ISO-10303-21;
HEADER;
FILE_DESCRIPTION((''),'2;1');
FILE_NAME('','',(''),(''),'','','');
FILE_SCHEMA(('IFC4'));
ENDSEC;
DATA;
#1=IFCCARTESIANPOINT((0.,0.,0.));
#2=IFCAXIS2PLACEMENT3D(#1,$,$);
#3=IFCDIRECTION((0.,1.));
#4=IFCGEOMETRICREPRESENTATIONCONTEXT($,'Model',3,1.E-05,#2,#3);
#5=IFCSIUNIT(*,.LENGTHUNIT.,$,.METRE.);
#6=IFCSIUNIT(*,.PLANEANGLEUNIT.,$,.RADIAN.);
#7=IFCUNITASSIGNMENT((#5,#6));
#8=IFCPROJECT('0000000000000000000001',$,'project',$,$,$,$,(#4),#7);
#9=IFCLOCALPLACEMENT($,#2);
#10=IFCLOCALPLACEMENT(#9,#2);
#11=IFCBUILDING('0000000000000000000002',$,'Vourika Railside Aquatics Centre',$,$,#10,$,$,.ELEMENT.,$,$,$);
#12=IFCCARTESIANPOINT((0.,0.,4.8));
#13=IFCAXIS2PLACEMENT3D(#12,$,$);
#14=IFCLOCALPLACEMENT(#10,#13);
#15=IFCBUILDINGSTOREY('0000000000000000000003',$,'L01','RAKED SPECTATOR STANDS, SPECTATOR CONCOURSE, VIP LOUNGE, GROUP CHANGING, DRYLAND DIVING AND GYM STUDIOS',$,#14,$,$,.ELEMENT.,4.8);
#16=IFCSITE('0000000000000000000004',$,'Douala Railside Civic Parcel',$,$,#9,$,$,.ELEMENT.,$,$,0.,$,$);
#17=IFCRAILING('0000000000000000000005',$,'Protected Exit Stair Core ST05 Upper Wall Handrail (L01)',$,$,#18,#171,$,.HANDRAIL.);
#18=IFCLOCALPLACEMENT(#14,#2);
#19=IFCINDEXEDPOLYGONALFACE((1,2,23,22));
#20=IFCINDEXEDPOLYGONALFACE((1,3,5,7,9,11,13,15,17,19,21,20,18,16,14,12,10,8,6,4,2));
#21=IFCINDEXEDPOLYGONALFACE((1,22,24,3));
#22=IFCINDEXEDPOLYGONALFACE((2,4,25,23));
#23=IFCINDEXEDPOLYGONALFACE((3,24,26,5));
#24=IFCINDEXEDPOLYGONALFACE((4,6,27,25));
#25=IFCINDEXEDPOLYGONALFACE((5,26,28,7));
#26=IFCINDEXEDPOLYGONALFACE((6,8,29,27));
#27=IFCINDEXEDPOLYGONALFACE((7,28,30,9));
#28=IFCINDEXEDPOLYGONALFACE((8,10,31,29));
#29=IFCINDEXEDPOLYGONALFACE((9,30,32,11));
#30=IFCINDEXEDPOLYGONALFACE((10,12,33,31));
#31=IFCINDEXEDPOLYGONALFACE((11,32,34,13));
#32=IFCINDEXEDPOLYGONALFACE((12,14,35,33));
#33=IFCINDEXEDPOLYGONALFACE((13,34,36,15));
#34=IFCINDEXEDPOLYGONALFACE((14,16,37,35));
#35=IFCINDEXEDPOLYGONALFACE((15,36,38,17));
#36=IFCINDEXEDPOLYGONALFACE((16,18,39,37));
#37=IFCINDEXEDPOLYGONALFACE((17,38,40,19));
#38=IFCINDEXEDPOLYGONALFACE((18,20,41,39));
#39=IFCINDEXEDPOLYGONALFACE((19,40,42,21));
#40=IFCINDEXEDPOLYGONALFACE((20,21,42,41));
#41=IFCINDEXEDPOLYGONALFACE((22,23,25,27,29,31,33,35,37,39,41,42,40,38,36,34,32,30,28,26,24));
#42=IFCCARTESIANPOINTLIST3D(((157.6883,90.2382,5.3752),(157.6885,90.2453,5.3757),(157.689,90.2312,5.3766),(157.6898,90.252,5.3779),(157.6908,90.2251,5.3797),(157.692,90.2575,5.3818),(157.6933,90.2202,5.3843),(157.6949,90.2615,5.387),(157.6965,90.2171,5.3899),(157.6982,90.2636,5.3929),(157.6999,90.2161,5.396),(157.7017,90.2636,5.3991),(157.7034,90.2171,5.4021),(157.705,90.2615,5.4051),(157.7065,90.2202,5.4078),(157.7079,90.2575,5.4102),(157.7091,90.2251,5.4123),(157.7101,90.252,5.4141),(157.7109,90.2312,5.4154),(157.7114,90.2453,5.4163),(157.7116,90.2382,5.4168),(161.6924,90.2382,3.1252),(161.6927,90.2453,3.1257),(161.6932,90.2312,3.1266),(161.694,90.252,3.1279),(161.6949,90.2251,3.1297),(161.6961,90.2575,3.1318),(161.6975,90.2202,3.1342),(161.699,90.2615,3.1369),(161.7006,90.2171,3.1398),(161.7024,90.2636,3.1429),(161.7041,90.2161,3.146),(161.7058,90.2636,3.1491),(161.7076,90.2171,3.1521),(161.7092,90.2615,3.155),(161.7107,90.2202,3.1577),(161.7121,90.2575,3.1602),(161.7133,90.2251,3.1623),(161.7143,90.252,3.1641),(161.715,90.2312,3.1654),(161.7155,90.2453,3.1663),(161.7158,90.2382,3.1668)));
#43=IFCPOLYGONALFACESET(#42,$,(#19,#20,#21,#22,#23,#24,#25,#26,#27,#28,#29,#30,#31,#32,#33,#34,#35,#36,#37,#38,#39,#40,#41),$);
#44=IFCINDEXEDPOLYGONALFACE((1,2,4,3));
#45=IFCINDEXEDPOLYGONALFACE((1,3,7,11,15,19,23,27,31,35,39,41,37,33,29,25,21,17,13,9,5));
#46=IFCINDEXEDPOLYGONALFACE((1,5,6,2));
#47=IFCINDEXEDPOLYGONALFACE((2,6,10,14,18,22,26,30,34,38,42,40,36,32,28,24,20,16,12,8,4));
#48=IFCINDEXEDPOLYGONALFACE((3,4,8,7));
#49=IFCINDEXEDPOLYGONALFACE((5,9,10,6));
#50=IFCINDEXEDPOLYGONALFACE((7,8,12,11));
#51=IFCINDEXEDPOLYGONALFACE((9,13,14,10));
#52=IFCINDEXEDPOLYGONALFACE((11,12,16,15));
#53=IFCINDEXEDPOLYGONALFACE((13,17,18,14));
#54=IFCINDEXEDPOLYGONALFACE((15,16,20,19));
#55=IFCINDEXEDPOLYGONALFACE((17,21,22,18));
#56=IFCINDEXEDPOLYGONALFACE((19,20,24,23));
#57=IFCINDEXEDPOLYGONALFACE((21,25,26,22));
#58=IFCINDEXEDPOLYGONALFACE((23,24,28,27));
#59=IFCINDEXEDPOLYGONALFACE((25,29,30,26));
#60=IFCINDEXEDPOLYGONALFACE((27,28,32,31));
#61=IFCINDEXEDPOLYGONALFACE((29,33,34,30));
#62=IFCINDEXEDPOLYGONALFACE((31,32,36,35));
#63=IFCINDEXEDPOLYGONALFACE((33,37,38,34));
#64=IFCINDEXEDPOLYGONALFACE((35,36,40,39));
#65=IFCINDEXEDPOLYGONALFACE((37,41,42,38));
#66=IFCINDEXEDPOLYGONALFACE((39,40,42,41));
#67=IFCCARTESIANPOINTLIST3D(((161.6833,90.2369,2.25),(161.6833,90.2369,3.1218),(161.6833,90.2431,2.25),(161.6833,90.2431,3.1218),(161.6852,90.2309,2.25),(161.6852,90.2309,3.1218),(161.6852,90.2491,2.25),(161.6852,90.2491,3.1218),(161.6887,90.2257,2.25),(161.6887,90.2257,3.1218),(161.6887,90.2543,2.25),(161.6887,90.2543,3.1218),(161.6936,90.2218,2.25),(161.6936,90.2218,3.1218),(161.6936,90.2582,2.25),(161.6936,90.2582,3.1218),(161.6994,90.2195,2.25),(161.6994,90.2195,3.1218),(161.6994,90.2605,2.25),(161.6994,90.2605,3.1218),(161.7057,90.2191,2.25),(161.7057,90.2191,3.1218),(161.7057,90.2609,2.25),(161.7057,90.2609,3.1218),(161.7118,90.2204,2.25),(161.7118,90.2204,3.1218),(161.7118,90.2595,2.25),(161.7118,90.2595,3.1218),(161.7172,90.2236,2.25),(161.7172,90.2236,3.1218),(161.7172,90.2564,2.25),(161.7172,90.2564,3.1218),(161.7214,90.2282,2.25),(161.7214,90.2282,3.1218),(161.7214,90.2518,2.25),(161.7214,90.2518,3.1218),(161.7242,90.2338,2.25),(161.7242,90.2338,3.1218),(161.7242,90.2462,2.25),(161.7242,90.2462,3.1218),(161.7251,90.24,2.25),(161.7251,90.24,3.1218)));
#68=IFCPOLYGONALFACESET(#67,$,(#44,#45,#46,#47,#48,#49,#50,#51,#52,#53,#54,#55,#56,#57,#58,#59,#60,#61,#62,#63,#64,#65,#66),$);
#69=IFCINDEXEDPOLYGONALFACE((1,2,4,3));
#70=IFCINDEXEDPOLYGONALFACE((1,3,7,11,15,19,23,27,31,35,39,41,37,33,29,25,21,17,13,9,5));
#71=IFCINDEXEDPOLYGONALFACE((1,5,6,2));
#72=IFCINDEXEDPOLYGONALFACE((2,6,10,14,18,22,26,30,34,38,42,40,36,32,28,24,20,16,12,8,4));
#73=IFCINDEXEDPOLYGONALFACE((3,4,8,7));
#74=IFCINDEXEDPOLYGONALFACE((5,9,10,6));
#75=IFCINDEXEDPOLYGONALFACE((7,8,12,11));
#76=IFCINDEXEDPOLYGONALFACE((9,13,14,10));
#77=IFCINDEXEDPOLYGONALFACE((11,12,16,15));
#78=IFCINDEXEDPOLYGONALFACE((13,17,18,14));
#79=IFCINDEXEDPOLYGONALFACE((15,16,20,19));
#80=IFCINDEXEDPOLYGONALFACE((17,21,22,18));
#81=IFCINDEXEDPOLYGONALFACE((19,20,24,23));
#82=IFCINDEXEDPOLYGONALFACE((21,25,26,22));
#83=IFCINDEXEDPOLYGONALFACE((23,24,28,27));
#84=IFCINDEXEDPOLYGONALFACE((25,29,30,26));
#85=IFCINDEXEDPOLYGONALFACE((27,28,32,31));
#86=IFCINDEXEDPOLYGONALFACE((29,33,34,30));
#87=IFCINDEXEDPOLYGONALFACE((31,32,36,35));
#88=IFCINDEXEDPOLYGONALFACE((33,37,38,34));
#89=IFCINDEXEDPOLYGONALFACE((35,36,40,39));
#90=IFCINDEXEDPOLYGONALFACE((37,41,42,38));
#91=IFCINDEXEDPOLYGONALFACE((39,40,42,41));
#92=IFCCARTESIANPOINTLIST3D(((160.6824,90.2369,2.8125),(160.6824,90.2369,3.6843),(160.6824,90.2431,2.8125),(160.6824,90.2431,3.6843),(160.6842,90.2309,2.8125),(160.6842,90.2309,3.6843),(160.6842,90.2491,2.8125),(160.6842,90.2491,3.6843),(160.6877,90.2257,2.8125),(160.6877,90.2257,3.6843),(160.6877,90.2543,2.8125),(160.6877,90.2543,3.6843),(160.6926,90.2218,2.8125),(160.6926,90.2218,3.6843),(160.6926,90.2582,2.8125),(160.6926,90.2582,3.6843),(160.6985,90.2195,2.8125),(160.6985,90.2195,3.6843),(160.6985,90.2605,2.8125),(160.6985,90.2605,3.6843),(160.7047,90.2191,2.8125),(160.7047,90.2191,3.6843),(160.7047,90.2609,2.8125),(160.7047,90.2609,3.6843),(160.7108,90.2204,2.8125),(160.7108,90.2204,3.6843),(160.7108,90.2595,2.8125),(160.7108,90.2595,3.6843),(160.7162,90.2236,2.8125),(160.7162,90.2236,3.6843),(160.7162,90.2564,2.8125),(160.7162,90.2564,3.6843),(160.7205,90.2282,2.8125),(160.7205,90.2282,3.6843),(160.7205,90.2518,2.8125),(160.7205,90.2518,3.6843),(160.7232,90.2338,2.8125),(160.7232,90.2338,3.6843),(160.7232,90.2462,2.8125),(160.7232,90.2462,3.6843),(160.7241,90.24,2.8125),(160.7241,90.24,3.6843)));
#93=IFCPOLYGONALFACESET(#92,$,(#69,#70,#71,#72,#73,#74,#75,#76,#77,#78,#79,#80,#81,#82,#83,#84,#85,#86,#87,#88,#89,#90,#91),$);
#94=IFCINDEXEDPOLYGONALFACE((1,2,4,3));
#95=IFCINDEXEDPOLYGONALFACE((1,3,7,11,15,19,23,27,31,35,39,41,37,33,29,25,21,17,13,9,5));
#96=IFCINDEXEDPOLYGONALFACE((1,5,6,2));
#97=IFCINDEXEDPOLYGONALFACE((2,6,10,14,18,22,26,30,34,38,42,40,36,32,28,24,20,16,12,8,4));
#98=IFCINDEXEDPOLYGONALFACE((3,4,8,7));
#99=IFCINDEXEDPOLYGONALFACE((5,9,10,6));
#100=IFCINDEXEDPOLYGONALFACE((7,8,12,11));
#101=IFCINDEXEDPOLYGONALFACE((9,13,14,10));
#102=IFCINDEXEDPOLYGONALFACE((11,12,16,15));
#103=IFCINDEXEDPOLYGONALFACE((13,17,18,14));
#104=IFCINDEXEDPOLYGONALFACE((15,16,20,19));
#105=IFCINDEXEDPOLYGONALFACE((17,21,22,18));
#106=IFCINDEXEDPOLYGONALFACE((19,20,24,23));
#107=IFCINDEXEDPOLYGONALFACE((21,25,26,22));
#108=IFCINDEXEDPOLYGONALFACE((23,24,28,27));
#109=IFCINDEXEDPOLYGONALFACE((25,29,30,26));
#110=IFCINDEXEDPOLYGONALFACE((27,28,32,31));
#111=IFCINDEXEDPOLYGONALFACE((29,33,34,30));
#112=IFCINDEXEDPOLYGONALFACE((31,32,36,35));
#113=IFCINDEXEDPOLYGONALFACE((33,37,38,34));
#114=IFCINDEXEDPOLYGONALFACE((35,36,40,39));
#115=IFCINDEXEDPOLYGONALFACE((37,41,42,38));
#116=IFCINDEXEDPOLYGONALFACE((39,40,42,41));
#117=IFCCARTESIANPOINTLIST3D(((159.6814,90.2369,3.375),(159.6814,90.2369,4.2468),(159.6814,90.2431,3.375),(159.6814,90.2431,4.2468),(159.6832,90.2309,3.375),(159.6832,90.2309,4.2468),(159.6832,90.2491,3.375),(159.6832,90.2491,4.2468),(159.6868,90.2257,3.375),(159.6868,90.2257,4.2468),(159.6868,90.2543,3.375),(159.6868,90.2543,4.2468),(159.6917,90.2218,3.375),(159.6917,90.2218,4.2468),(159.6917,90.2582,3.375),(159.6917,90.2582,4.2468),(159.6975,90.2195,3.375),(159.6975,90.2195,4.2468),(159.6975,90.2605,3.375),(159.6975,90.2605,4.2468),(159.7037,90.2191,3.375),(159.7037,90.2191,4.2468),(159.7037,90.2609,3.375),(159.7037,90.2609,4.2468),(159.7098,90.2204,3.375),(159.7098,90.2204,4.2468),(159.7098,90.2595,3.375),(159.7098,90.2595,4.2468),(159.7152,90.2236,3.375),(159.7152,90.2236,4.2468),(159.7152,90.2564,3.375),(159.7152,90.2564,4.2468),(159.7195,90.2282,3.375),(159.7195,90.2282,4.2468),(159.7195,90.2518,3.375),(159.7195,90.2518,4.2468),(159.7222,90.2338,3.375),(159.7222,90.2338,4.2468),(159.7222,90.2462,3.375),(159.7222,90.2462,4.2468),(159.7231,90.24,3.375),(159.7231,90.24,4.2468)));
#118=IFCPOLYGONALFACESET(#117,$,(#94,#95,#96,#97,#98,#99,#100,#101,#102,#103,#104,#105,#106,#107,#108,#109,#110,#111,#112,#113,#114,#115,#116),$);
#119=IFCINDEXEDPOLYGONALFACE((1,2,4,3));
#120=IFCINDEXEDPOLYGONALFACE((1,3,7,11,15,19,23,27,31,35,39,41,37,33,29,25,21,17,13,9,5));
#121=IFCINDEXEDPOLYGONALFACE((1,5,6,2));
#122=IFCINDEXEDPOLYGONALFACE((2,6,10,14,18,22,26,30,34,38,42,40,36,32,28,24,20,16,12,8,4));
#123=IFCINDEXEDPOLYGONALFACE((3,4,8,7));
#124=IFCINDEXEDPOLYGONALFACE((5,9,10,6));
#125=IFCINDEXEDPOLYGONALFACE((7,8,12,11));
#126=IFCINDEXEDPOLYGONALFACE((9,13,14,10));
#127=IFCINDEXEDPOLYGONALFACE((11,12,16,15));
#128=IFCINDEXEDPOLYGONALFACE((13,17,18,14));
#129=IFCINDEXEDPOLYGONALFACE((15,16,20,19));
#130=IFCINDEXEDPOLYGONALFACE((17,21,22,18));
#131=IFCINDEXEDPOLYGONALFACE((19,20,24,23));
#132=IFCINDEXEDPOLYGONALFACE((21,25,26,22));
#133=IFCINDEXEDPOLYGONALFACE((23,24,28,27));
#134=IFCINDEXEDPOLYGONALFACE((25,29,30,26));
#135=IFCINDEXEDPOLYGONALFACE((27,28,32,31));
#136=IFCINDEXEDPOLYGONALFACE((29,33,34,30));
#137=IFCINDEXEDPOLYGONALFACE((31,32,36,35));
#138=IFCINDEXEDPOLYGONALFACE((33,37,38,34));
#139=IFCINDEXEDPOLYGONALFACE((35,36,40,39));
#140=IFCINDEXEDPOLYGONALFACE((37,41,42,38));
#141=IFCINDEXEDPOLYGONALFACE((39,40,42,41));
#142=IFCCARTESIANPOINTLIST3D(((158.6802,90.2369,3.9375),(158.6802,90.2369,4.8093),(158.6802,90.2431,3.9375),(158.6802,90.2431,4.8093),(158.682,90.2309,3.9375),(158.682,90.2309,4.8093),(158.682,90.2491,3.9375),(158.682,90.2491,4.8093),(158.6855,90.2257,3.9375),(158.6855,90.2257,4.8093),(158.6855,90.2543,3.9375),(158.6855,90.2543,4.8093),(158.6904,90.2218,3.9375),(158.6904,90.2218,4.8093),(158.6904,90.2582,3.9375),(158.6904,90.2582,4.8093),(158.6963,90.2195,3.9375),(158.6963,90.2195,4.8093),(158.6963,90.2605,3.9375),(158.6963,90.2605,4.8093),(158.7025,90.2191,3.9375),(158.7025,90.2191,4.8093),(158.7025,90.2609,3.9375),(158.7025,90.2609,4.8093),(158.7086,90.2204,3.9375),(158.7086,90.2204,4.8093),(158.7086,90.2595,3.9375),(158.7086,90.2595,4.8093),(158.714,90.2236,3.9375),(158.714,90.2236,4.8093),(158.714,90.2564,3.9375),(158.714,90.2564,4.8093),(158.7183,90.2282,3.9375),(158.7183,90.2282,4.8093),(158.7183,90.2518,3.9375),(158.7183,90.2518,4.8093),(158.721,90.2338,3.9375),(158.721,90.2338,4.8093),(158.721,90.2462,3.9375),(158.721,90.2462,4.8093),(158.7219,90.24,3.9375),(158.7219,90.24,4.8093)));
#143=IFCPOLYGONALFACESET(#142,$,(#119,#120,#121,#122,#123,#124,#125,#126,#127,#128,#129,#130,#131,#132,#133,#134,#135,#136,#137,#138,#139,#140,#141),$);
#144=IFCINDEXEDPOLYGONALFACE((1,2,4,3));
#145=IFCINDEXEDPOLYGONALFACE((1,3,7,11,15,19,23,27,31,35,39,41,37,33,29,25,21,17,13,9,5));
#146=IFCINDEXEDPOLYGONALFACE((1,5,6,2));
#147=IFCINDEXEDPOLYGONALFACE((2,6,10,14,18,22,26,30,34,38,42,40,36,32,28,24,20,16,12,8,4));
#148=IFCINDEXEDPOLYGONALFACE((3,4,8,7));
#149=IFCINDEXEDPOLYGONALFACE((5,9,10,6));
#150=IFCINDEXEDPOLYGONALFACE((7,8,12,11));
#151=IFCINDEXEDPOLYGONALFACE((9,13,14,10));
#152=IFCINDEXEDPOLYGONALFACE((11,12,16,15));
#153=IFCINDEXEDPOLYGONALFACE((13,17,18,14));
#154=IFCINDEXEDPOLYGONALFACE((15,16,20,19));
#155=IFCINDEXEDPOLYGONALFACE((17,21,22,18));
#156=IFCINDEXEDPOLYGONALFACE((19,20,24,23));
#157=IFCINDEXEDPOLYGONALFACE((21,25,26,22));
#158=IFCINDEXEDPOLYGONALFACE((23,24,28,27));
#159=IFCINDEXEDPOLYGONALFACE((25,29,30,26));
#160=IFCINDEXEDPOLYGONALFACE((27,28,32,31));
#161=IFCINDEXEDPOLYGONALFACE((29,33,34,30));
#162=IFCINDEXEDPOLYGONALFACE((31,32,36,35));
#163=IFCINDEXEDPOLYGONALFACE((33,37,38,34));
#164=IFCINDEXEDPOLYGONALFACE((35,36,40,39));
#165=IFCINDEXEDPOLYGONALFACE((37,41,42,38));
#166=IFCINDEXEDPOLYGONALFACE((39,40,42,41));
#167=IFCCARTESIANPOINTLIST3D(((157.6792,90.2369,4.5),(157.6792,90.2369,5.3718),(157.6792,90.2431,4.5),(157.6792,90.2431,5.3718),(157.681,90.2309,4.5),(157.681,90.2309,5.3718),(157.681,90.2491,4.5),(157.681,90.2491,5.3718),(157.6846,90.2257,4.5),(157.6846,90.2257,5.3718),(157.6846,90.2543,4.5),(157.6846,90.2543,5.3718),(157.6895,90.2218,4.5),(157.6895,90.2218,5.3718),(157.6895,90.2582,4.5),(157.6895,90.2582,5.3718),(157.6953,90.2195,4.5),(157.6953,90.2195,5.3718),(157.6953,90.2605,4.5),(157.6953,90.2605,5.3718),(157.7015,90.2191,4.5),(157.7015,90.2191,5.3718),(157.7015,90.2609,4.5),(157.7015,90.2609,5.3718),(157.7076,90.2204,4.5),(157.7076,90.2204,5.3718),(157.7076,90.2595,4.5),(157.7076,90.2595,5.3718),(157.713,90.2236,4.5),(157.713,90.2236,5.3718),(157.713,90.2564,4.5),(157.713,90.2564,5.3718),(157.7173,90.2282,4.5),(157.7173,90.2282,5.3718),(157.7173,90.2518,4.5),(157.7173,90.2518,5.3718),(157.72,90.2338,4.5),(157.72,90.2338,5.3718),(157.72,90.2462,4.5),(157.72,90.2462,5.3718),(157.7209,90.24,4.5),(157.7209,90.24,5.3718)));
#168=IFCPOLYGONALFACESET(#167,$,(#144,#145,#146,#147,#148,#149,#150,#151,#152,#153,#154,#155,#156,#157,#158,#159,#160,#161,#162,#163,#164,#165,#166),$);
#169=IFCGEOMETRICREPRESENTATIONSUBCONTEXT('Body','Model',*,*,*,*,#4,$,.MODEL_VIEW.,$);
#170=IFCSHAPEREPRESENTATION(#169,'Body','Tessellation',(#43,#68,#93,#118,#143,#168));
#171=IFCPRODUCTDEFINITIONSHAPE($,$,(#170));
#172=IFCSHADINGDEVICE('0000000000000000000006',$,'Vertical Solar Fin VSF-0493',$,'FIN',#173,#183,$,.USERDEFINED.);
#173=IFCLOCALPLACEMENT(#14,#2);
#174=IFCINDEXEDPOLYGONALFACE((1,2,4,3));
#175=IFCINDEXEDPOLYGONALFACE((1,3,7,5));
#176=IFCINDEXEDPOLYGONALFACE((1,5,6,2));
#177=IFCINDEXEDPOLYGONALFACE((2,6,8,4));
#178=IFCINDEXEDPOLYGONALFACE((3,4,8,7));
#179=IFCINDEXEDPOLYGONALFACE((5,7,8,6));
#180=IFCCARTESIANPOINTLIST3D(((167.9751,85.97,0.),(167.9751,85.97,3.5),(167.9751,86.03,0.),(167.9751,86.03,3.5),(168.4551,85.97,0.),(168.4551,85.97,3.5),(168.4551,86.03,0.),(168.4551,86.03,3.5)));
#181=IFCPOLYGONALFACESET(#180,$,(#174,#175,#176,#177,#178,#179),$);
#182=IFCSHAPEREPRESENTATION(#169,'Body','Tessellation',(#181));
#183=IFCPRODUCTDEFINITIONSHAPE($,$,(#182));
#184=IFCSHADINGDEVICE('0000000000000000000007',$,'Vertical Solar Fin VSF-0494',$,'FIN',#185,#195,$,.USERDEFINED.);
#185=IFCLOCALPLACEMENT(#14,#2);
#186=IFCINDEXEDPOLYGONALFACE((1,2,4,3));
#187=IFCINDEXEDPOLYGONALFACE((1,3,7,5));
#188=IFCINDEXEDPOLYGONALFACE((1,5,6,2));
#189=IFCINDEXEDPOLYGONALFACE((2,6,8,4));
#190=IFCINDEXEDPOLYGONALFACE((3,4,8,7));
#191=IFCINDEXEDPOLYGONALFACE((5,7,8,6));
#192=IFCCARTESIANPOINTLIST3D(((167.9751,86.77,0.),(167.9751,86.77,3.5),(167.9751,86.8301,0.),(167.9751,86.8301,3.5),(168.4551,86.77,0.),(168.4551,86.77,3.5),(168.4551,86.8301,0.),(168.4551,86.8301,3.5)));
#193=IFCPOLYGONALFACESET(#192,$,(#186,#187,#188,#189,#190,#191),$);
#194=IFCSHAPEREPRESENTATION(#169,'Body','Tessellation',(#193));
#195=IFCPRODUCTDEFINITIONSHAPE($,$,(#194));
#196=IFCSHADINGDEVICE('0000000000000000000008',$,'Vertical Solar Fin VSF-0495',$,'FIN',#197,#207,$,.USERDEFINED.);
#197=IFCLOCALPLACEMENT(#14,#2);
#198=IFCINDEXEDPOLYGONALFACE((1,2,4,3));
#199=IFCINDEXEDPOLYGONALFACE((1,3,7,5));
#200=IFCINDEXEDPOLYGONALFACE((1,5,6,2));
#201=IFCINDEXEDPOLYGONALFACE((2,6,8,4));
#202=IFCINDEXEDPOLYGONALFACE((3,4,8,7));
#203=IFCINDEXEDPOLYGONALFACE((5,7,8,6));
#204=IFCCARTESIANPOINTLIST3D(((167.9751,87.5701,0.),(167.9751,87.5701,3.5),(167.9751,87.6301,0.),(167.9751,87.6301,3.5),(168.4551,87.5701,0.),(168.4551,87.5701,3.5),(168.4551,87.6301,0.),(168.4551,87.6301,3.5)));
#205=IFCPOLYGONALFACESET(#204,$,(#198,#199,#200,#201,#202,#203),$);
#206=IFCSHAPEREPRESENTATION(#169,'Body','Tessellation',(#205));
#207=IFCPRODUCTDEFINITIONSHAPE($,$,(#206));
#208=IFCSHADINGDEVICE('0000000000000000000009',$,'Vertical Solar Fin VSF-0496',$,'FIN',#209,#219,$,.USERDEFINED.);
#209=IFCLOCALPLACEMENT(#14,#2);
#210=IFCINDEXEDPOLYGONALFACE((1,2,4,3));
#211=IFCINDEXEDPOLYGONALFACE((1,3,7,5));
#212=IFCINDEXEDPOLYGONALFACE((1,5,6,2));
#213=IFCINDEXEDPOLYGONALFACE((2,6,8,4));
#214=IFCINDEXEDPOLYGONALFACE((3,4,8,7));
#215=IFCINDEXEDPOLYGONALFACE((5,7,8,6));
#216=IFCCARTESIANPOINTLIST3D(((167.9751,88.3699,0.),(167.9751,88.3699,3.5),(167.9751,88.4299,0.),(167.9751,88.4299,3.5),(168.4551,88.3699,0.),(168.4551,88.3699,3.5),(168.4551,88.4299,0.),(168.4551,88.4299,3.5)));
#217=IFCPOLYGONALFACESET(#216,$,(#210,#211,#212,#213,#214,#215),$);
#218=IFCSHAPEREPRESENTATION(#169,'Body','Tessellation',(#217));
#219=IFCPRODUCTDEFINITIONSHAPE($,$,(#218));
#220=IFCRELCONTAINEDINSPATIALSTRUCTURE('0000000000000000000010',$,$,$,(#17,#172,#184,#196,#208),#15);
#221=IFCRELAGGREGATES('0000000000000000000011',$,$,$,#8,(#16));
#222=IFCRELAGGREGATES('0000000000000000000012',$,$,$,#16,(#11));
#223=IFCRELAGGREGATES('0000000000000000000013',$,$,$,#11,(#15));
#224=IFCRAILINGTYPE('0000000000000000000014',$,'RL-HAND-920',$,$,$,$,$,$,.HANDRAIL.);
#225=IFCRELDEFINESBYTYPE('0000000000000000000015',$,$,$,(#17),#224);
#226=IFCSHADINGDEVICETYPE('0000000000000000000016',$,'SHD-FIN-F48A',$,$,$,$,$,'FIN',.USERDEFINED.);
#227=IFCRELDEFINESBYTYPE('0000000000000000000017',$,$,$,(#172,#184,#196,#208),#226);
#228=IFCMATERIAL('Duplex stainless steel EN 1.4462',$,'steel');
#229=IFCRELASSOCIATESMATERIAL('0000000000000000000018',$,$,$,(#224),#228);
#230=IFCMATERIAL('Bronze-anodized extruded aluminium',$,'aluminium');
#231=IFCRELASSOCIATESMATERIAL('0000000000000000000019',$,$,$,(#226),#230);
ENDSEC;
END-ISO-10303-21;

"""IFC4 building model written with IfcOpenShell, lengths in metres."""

from ifc_helpers import new_model, si_unit, direction, frame, origin, origin_2d, place, context, subcontext, project, spatial, rectangle, circle, extrude, material, material_profile, profile_set, type_object, element, save


model = new_model("IFC4")

# Units and contexts
model_context = context("Model", 3, precision=1e-05, world=origin(), true_north=direction((0.0, 1.0)))
body_context = subcontext(model_context, "Body", "Model", "MODEL_VIEW")
ifc_project = project(units=[si_unit("LENGTHUNIT", "METRE"), si_unit("PLANEANGLEUNIT", "RADIAN")], contexts=[model_context])

# Site, building, storey
site_placement = place(None, origin())
site = spatial("IfcSite", under=ifc_project, at=site_placement, Name="Douala Railside Civic Parcel", CompositionType="ELEMENT", RefElevation=0.0)
building_placement = place(site_placement, origin())
building = spatial("IfcBuilding", under=site, at=building_placement, Name="Vourika Railside Aquatics Centre", CompositionType="ELEMENT")
storey_placement = place(building_placement, frame((0.0, 0.0, 4.8)))
storey = spatial("IfcBuildingStorey", under=building, at=storey_placement, Name="L01", Description="RAKED SPECTATOR STANDS, SPECTATOR CONCOURSE, VIP LOUNGE, GROUP CHANGING, DRYLAND DIVING AND GYM STUDIOS", CompositionType="ELEMENT", Elevation=4.8)

# Railing
ifc_material_1 = material(Name="Duplex stainless steel EN 1.4462", Category="steel")
railing_type = type_object("IfcRailingType", Name="RL-HAND-920", PredefinedType="HANDRAIL", material=ifc_material_1)
railing_placement = place(storey_placement, frame((161.7041, 90.24, 2.25)))
element("IfcRailing", 1, at=railing_placement, inside=storey, type_object=railing_type, Name="Protected Exit Stair Core ST05 Upper Wall Handrail (L01)", PredefinedType="HANDRAIL", context=body_context, shape_type="SweptSolid", body=[
    extrude(circle(Radius=0.0239, at=origin_2d()), frame((0.0, 0.0, 0.896), z_axis=(-0.871793, 0.0, 0.489875), x_axis=(0.0, -1.0, 0.0)), (0.0, 0.0, 1.0), 4.593),
    extrude(circle(Radius=0.021, at=origin_2d()), origin(), (0.0, 0.0, 1.0), 0.8718),
    extrude(circle(Radius=0.021, at=origin_2d()), frame((-1.001, 0.0, 0.5625)), (0.0, 0.0, 1.0), 0.8718),
    extrude(circle(Radius=0.021, at=origin_2d()), frame((-2.002, 0.0, 1.125)), (0.0, 0.0, 1.0), 0.8718),
    extrude(circle(Radius=0.021, at=origin_2d()), frame((-3.0032, 0.0, 1.6875)), (0.0, 0.0, 1.0), 0.8718),
    extrude(circle(Radius=0.021, at=origin_2d()), frame((-4.0042, 0.0, 2.25)), (0.0, 0.0, 1.0), 0.8718),
])

# Shading devices
ifc_material_2 = material(Name="Bronze-anodized extruded aluminium", Category="aluminium")
ifc_material_profile_1 = material_profile(ifc_material_2, rectangle(XDim=0.0601, YDim=0.48, at=origin_2d()), Name="ALU-FIN 60x480")
ifc_profile_set_1 = profile_set([ifc_material_profile_1], Name="Bronze-anodized extruded aluminium")
shading_device_type = type_object("IfcShadingDeviceType", Name="SHD-FIN-F48A", ElementType="FIN", PredefinedType="USERDEFINED", material=ifc_profile_set_1)
for number, where, z_axis, x_axis, name in (
    (2, (168.2151, 86.0, 0.0), (0.0, 0.0, 1.0), (0.0, -1.0, 0.0), "Vertical Solar Fin VSF-0493"),
    (3, (168.2151, 86.8, 0.0), (0.0, 0.0, 1.0), (0.0, -1.0, 0.0), "Vertical Solar Fin VSF-0494"),
    (4, (168.2151, 87.6001, 0.0), (0.0, 0.0, 1.0), (0.0, -1.0, 0.0), "Vertical Solar Fin VSF-0495"),
    (5, (168.2151, 88.3999, 0.0), (0.0, 0.0, 1.0), (0.0, -1.0, 0.0), "Vertical Solar Fin VSF-0496"),
):
    element("IfcShadingDevice", number, at=place(storey_placement, frame(where, z_axis=z_axis, x_axis=x_axis)), inside=storey, type_object=shading_device_type, Name=name, ObjectType="FIN", PredefinedType="USERDEFINED", context=body_context, shape_type="SweptSolid", body=[
        extrude(rectangle(XDim=0.0601, YDim=0.48, at=origin_2d()), origin(), (0.0, 0.0, 1.0), 3.5),
    ])

save(model, "model.ifc")
